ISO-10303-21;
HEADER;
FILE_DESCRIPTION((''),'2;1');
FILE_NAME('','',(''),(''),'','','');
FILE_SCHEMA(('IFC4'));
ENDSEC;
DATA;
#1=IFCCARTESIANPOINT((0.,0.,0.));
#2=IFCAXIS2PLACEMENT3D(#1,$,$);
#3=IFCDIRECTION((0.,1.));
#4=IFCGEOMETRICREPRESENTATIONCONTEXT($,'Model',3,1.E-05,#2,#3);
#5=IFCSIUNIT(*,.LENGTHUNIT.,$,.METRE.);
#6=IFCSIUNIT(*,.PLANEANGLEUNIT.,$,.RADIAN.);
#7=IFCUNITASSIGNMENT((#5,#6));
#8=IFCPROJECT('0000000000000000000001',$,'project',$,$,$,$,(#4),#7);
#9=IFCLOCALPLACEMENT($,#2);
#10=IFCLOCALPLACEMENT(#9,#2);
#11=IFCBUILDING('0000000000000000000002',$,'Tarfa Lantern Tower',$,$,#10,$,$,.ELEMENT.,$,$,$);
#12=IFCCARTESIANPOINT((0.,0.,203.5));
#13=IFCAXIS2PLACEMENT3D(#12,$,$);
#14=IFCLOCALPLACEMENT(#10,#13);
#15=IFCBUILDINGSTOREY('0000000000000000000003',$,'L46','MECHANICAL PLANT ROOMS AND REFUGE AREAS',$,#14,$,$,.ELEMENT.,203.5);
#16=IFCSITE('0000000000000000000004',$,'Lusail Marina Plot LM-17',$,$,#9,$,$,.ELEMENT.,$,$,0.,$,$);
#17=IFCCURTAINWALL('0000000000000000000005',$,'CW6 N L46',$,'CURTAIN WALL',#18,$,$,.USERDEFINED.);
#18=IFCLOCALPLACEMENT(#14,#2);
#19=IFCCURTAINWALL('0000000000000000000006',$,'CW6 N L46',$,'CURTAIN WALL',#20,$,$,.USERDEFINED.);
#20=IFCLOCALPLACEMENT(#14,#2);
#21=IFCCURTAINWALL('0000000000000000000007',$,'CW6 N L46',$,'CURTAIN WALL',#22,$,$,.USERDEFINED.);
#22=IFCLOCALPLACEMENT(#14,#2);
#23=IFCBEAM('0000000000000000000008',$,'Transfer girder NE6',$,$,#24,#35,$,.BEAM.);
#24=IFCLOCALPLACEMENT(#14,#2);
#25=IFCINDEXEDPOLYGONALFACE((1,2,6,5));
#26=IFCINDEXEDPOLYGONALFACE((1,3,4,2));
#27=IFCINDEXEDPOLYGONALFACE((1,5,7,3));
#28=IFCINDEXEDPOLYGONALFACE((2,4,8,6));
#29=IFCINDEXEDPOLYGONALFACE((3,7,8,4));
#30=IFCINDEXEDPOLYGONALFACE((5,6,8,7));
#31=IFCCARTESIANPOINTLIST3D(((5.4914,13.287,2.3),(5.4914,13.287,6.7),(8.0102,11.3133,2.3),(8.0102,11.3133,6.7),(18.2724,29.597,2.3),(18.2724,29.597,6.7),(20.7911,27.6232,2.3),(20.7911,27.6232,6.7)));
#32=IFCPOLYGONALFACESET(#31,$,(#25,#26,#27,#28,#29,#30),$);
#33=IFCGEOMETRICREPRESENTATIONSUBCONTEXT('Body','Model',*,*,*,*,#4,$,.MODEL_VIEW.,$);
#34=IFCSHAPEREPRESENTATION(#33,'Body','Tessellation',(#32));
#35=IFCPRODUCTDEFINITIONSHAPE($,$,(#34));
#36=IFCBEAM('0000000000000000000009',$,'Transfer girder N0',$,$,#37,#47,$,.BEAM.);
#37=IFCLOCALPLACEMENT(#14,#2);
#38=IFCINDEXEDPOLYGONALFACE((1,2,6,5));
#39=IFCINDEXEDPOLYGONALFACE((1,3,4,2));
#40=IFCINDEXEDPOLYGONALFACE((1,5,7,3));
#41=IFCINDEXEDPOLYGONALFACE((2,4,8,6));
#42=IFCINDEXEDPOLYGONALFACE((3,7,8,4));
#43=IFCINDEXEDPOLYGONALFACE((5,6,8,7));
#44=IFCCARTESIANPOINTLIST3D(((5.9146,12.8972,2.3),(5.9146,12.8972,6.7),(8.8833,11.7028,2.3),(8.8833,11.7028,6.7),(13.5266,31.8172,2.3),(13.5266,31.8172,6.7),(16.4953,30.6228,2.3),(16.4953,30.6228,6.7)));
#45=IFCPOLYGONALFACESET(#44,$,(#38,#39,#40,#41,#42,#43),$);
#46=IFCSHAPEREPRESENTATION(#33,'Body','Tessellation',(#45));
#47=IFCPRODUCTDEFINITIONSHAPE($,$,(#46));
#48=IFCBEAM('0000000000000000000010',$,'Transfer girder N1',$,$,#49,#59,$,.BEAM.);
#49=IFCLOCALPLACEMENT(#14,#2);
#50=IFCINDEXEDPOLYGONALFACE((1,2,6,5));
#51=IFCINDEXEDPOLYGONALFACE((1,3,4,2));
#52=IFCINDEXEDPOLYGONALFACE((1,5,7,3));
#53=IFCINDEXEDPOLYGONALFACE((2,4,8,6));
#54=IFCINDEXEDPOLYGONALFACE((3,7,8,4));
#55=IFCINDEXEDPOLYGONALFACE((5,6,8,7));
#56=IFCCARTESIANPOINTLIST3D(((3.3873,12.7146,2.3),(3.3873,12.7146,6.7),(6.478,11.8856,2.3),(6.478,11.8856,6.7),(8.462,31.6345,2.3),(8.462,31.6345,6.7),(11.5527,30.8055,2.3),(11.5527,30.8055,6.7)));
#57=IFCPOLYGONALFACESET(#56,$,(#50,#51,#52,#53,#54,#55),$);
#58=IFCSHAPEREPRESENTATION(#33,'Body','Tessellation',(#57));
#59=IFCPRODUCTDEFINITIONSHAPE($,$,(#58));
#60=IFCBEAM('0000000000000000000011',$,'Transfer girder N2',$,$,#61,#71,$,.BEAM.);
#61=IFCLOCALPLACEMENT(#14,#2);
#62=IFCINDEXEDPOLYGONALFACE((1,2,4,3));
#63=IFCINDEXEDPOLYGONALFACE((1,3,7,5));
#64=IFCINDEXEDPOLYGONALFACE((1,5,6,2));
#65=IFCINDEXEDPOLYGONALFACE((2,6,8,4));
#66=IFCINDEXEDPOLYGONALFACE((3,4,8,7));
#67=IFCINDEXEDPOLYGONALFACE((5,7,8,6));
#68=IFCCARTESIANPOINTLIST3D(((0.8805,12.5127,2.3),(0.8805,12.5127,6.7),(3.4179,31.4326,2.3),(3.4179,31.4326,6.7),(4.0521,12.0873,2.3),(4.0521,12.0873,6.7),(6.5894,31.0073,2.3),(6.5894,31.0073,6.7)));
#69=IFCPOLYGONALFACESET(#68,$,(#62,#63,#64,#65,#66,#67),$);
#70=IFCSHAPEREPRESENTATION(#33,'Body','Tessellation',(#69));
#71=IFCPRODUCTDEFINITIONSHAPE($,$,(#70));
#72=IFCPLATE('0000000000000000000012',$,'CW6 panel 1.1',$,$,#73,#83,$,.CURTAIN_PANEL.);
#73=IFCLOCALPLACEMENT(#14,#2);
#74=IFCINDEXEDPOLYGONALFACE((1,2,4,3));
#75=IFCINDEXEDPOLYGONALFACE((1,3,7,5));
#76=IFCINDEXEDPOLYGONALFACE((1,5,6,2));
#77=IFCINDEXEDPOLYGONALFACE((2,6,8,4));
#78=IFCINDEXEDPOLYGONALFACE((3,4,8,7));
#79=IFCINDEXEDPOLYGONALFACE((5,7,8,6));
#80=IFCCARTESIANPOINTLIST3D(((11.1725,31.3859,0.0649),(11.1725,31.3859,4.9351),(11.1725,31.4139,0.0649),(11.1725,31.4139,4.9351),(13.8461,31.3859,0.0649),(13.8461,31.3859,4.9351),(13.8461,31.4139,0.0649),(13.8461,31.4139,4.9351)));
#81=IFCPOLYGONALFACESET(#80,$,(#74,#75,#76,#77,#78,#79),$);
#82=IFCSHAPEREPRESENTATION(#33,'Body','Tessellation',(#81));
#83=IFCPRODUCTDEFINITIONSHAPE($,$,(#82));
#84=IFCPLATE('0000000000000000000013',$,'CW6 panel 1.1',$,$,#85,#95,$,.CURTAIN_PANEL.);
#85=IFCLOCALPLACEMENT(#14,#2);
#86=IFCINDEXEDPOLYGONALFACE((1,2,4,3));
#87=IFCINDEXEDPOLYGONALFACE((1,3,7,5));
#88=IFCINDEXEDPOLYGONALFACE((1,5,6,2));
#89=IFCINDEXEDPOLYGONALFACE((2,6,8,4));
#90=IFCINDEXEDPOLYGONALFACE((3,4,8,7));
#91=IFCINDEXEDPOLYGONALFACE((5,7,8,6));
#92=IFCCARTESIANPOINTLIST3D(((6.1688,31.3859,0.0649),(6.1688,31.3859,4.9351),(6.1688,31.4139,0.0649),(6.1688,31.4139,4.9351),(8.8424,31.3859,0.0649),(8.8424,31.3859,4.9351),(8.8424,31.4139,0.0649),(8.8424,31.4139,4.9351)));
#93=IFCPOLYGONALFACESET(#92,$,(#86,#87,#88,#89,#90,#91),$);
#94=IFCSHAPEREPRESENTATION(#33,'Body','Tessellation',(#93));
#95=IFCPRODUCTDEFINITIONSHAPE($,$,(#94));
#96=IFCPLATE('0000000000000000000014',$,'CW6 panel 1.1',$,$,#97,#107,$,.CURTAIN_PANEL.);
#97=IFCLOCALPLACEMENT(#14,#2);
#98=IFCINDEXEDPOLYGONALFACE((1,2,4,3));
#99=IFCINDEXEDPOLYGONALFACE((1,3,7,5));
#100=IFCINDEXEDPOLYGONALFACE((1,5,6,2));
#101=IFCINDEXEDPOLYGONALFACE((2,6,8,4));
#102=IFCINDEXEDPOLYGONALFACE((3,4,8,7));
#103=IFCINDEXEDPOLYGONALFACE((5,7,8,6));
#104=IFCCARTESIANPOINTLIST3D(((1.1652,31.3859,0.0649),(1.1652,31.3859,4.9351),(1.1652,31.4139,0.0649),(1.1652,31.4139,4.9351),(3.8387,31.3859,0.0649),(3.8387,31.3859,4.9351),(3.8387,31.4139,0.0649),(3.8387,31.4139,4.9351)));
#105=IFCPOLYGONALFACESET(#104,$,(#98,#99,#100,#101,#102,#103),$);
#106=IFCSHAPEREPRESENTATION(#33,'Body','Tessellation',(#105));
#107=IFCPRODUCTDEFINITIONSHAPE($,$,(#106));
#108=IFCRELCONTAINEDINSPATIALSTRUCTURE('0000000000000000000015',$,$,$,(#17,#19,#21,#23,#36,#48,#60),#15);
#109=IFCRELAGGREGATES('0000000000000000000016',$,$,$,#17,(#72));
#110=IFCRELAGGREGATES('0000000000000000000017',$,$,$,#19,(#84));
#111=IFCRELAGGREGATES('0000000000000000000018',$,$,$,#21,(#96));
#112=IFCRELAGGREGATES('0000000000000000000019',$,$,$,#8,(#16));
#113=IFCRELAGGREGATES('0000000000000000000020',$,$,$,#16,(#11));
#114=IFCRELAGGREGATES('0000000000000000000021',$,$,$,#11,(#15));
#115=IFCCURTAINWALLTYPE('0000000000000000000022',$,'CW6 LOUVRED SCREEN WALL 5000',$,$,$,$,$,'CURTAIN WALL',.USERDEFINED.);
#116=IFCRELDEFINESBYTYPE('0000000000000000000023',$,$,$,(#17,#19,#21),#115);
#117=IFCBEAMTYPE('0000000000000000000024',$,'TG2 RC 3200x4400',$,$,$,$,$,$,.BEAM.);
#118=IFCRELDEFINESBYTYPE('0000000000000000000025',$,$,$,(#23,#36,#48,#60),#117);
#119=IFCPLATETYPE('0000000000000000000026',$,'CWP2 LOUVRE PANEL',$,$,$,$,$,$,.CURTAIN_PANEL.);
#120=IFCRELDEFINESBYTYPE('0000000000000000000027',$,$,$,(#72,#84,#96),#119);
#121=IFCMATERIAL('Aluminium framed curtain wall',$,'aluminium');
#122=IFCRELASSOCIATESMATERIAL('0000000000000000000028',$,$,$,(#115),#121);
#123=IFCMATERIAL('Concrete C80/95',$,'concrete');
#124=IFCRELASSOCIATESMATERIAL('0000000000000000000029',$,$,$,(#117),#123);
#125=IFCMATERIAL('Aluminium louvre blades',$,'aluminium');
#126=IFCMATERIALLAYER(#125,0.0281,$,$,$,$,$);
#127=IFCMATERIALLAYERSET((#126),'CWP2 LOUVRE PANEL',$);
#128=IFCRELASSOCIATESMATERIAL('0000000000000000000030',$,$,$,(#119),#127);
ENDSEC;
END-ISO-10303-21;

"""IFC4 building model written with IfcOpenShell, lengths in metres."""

from ifc_helpers import new_model, si_unit, direction, frame, origin, origin_2d, place, context, subcontext, project, spatial, rectangle, extrude, material, layer, layer_set, material_profile, profile_set, type_object, element, aggregate, save


model = new_model("IFC4")

# Units and contexts
model_context = context("Model", 3, precision=1e-05, world=origin(), true_north=direction((0.0, 1.0)))
body_context = subcontext(model_context, "Body", "Model", "MODEL_VIEW")
ifc_project = project(units=[si_unit("LENGTHUNIT", "METRE"), si_unit("PLANEANGLEUNIT", "RADIAN")], contexts=[model_context])

# Site, building, storey
site_placement = place(None, origin())
site = spatial("IfcSite", under=ifc_project, at=site_placement, Name="Lusail Marina Plot LM-17", CompositionType="ELEMENT", RefElevation=0.0)
building_placement = place(site_placement, origin())
building = spatial("IfcBuilding", under=site, at=building_placement, Name="Tarfa Lantern Tower", CompositionType="ELEMENT")
storey_placement = place(building_placement, frame((0.0, 0.0, 203.5)))
storey = spatial("IfcBuildingStorey", under=building, at=storey_placement, Name="L46", Description="MECHANICAL PLANT ROOMS AND REFUGE AREAS", CompositionType="ELEMENT", Elevation=203.5)

# Shared definitions
ifc_material_1 = material(Name="Concrete C80/95", Category="concrete")

# Curtain walls
ifc_material_2 = material(Name="Aluminium framed curtain wall", Category="aluminium")
curtain_wall_type = type_object("IfcCurtainWallType", Name="CW6 LOUVRED SCREEN WALL 5000", ElementType="CURTAIN WALL", PredefinedType="USERDEFINED", material=ifc_material_2)
curtain_wall_1_placement = place(storey_placement, origin())
curtain_wall_1 = element("IfcCurtainWall", 1, at=curtain_wall_1_placement, inside=storey, type_object=curtain_wall_type, Name="CW6 N L46", ObjectType="CURTAIN WALL", PredefinedType="USERDEFINED")
curtain_wall_2_placement = place(storey_placement, origin())
curtain_wall_2 = element("IfcCurtainWall", 2, at=curtain_wall_2_placement, inside=storey, type_object=curtain_wall_type, Name="CW6 N L46", ObjectType="CURTAIN WALL", PredefinedType="USERDEFINED")
curtain_wall_3_placement = place(storey_placement, origin())
curtain_wall_3 = element("IfcCurtainWall", 3, at=curtain_wall_3_placement, inside=storey, type_object=curtain_wall_type, Name="CW6 N L46", ObjectType="CURTAIN WALL", PredefinedType="USERDEFINED")

# Beams
ifc_material_profile_1 = material_profile(ifc_material_1, rectangle(XDim=3.2, YDim=4.3999, at=origin_2d()), Name="RC 3200x4400")
ifc_profile_set_1 = profile_set([ifc_material_profile_1], Name="Concrete C80/95")
beam_type_1 = type_object("IfcBeamType", Name="TG2 RC 3200x4400", PredefinedType="BEAM", material=ifc_profile_set_1)
beam_1_placement = place(storey_placement, frame((19.5317, 28.6101, 4.5), z_axis=(-0.616805, -0.787116, 0.0), x_axis=(0.787116, -0.616805, 0.0)))
element("IfcBeam", 4, at=beam_1_placement, inside=storey, type_object=beam_type_1, Name="Transfer girder NE6", PredefinedType="BEAM", context=body_context, shape_type="SweptSolid", body=[
    extrude(rectangle(XDim=3.2, YDim=4.3999, at=origin_2d()), origin(), (0.0, 0.0, 1.0), 20.7212),
])
beam_2_placement = place(storey_placement, frame((15.011, 31.22, 4.5), z_axis=(-0.373254, -0.927729, 0.0), x_axis=(0.927729, -0.373254, 0.0)))
element("IfcBeam", 5, at=beam_2_placement, inside=storey, type_object=beam_type_1, Name="Transfer girder N0", PredefinedType="BEAM", context=body_context, shape_type="SweptSolid", body=[
    extrude(rectangle(XDim=3.2, YDim=4.3999, at=origin_2d()), origin(), (0.0, 0.0, 1.0), 20.3938),
])
beam_3_placement = place(storey_placement, frame((10.0073, 31.22, 4.5), z_axis=(-0.259063, -0.96586, 0.0), x_axis=(0.96586, -0.259063, 0.0)))
element("IfcBeam", 6, at=beam_3_placement, inside=storey, type_object=beam_type_1, Name="Transfer girder N1", PredefinedType="BEAM", context=body_context, shape_type="SweptSolid", body=[
    extrude(rectangle(XDim=3.2, YDim=4.3999, at=origin_2d()), origin(), (0.0, 0.0, 1.0), 19.5886),
])
beam_4_placement = place(storey_placement, frame((5.0037, 31.22, 4.5), z_axis=(-0.13292, -0.991127, 0.0), x_axis=(0.991127, -0.13292, 0.0)))
element("IfcBeam", 7, at=beam_4_placement, inside=storey, type_object=beam_type_1, Name="Transfer girder N2", PredefinedType="BEAM", context=body_context, shape_type="SweptSolid", body=[
    extrude(rectangle(XDim=3.2, YDim=4.3999, at=origin_2d()), origin(), (0.0, 0.0, 1.0), 19.0894),
])

# Plates
ifc_material_3 = material(Name="Aluminium louvre blades", Category="aluminium")
ifc_layer = layer(ifc_material_3, 0.0281)
ifc_layer_set = layer_set([ifc_layer], Name="CWP2 LOUVRE PANEL")
plate_type = type_object("IfcPlateType", Name="CWP2 LOUVRE PANEL", PredefinedType="CURTAIN_PANEL", material=ifc_layer_set)
plate_1_placement = place(storey_placement, frame((12.5093, 31.3999, 0.0649), z_axis=(0.0, 0.0, 1.0), x_axis=(-1.0, 0.0, 0.0)))
plate_1 = element("IfcPlate", 8, at=plate_1_placement, type_object=plate_type, Name="CW6 panel 1.1", PredefinedType="CURTAIN_PANEL", context=body_context, shape_type="SweptSolid", body=[
    extrude(rectangle(XDim=2.6736, YDim=0.0281, at=origin_2d()), origin(), (0.0, 0.0, 1.0), 4.8701),
])
aggregate(curtain_wall_1, [plate_1])
plate_2_placement = place(storey_placement, frame((7.5056, 31.3999, 0.0649), z_axis=(0.0, 0.0, 1.0), x_axis=(-1.0, 0.0, 0.0)))
plate_2 = element("IfcPlate", 9, at=plate_2_placement, type_object=plate_type, Name="CW6 panel 1.1", PredefinedType="CURTAIN_PANEL", context=body_context, shape_type="SweptSolid", body=[
    extrude(rectangle(XDim=2.6736, YDim=0.0281, at=origin_2d()), origin(), (0.0, 0.0, 1.0), 4.8701),
])
aggregate(curtain_wall_2, [plate_2])
plate_3_placement = place(storey_placement, frame((2.502, 31.3999, 0.0649), z_axis=(0.0, 0.0, 1.0), x_axis=(-1.0, 0.0, 0.0)))
plate_3 = element("IfcPlate", 10, at=plate_3_placement, type_object=plate_type, Name="CW6 panel 1.1", PredefinedType="CURTAIN_PANEL", context=body_context, shape_type="SweptSolid", body=[
    extrude(rectangle(XDim=2.6736, YDim=0.0281, at=origin_2d()), origin(), (0.0, 0.0, 1.0), 4.8701),
])
aggregate(curtain_wall_3, [plate_3])

save(model, "model.ifc")
